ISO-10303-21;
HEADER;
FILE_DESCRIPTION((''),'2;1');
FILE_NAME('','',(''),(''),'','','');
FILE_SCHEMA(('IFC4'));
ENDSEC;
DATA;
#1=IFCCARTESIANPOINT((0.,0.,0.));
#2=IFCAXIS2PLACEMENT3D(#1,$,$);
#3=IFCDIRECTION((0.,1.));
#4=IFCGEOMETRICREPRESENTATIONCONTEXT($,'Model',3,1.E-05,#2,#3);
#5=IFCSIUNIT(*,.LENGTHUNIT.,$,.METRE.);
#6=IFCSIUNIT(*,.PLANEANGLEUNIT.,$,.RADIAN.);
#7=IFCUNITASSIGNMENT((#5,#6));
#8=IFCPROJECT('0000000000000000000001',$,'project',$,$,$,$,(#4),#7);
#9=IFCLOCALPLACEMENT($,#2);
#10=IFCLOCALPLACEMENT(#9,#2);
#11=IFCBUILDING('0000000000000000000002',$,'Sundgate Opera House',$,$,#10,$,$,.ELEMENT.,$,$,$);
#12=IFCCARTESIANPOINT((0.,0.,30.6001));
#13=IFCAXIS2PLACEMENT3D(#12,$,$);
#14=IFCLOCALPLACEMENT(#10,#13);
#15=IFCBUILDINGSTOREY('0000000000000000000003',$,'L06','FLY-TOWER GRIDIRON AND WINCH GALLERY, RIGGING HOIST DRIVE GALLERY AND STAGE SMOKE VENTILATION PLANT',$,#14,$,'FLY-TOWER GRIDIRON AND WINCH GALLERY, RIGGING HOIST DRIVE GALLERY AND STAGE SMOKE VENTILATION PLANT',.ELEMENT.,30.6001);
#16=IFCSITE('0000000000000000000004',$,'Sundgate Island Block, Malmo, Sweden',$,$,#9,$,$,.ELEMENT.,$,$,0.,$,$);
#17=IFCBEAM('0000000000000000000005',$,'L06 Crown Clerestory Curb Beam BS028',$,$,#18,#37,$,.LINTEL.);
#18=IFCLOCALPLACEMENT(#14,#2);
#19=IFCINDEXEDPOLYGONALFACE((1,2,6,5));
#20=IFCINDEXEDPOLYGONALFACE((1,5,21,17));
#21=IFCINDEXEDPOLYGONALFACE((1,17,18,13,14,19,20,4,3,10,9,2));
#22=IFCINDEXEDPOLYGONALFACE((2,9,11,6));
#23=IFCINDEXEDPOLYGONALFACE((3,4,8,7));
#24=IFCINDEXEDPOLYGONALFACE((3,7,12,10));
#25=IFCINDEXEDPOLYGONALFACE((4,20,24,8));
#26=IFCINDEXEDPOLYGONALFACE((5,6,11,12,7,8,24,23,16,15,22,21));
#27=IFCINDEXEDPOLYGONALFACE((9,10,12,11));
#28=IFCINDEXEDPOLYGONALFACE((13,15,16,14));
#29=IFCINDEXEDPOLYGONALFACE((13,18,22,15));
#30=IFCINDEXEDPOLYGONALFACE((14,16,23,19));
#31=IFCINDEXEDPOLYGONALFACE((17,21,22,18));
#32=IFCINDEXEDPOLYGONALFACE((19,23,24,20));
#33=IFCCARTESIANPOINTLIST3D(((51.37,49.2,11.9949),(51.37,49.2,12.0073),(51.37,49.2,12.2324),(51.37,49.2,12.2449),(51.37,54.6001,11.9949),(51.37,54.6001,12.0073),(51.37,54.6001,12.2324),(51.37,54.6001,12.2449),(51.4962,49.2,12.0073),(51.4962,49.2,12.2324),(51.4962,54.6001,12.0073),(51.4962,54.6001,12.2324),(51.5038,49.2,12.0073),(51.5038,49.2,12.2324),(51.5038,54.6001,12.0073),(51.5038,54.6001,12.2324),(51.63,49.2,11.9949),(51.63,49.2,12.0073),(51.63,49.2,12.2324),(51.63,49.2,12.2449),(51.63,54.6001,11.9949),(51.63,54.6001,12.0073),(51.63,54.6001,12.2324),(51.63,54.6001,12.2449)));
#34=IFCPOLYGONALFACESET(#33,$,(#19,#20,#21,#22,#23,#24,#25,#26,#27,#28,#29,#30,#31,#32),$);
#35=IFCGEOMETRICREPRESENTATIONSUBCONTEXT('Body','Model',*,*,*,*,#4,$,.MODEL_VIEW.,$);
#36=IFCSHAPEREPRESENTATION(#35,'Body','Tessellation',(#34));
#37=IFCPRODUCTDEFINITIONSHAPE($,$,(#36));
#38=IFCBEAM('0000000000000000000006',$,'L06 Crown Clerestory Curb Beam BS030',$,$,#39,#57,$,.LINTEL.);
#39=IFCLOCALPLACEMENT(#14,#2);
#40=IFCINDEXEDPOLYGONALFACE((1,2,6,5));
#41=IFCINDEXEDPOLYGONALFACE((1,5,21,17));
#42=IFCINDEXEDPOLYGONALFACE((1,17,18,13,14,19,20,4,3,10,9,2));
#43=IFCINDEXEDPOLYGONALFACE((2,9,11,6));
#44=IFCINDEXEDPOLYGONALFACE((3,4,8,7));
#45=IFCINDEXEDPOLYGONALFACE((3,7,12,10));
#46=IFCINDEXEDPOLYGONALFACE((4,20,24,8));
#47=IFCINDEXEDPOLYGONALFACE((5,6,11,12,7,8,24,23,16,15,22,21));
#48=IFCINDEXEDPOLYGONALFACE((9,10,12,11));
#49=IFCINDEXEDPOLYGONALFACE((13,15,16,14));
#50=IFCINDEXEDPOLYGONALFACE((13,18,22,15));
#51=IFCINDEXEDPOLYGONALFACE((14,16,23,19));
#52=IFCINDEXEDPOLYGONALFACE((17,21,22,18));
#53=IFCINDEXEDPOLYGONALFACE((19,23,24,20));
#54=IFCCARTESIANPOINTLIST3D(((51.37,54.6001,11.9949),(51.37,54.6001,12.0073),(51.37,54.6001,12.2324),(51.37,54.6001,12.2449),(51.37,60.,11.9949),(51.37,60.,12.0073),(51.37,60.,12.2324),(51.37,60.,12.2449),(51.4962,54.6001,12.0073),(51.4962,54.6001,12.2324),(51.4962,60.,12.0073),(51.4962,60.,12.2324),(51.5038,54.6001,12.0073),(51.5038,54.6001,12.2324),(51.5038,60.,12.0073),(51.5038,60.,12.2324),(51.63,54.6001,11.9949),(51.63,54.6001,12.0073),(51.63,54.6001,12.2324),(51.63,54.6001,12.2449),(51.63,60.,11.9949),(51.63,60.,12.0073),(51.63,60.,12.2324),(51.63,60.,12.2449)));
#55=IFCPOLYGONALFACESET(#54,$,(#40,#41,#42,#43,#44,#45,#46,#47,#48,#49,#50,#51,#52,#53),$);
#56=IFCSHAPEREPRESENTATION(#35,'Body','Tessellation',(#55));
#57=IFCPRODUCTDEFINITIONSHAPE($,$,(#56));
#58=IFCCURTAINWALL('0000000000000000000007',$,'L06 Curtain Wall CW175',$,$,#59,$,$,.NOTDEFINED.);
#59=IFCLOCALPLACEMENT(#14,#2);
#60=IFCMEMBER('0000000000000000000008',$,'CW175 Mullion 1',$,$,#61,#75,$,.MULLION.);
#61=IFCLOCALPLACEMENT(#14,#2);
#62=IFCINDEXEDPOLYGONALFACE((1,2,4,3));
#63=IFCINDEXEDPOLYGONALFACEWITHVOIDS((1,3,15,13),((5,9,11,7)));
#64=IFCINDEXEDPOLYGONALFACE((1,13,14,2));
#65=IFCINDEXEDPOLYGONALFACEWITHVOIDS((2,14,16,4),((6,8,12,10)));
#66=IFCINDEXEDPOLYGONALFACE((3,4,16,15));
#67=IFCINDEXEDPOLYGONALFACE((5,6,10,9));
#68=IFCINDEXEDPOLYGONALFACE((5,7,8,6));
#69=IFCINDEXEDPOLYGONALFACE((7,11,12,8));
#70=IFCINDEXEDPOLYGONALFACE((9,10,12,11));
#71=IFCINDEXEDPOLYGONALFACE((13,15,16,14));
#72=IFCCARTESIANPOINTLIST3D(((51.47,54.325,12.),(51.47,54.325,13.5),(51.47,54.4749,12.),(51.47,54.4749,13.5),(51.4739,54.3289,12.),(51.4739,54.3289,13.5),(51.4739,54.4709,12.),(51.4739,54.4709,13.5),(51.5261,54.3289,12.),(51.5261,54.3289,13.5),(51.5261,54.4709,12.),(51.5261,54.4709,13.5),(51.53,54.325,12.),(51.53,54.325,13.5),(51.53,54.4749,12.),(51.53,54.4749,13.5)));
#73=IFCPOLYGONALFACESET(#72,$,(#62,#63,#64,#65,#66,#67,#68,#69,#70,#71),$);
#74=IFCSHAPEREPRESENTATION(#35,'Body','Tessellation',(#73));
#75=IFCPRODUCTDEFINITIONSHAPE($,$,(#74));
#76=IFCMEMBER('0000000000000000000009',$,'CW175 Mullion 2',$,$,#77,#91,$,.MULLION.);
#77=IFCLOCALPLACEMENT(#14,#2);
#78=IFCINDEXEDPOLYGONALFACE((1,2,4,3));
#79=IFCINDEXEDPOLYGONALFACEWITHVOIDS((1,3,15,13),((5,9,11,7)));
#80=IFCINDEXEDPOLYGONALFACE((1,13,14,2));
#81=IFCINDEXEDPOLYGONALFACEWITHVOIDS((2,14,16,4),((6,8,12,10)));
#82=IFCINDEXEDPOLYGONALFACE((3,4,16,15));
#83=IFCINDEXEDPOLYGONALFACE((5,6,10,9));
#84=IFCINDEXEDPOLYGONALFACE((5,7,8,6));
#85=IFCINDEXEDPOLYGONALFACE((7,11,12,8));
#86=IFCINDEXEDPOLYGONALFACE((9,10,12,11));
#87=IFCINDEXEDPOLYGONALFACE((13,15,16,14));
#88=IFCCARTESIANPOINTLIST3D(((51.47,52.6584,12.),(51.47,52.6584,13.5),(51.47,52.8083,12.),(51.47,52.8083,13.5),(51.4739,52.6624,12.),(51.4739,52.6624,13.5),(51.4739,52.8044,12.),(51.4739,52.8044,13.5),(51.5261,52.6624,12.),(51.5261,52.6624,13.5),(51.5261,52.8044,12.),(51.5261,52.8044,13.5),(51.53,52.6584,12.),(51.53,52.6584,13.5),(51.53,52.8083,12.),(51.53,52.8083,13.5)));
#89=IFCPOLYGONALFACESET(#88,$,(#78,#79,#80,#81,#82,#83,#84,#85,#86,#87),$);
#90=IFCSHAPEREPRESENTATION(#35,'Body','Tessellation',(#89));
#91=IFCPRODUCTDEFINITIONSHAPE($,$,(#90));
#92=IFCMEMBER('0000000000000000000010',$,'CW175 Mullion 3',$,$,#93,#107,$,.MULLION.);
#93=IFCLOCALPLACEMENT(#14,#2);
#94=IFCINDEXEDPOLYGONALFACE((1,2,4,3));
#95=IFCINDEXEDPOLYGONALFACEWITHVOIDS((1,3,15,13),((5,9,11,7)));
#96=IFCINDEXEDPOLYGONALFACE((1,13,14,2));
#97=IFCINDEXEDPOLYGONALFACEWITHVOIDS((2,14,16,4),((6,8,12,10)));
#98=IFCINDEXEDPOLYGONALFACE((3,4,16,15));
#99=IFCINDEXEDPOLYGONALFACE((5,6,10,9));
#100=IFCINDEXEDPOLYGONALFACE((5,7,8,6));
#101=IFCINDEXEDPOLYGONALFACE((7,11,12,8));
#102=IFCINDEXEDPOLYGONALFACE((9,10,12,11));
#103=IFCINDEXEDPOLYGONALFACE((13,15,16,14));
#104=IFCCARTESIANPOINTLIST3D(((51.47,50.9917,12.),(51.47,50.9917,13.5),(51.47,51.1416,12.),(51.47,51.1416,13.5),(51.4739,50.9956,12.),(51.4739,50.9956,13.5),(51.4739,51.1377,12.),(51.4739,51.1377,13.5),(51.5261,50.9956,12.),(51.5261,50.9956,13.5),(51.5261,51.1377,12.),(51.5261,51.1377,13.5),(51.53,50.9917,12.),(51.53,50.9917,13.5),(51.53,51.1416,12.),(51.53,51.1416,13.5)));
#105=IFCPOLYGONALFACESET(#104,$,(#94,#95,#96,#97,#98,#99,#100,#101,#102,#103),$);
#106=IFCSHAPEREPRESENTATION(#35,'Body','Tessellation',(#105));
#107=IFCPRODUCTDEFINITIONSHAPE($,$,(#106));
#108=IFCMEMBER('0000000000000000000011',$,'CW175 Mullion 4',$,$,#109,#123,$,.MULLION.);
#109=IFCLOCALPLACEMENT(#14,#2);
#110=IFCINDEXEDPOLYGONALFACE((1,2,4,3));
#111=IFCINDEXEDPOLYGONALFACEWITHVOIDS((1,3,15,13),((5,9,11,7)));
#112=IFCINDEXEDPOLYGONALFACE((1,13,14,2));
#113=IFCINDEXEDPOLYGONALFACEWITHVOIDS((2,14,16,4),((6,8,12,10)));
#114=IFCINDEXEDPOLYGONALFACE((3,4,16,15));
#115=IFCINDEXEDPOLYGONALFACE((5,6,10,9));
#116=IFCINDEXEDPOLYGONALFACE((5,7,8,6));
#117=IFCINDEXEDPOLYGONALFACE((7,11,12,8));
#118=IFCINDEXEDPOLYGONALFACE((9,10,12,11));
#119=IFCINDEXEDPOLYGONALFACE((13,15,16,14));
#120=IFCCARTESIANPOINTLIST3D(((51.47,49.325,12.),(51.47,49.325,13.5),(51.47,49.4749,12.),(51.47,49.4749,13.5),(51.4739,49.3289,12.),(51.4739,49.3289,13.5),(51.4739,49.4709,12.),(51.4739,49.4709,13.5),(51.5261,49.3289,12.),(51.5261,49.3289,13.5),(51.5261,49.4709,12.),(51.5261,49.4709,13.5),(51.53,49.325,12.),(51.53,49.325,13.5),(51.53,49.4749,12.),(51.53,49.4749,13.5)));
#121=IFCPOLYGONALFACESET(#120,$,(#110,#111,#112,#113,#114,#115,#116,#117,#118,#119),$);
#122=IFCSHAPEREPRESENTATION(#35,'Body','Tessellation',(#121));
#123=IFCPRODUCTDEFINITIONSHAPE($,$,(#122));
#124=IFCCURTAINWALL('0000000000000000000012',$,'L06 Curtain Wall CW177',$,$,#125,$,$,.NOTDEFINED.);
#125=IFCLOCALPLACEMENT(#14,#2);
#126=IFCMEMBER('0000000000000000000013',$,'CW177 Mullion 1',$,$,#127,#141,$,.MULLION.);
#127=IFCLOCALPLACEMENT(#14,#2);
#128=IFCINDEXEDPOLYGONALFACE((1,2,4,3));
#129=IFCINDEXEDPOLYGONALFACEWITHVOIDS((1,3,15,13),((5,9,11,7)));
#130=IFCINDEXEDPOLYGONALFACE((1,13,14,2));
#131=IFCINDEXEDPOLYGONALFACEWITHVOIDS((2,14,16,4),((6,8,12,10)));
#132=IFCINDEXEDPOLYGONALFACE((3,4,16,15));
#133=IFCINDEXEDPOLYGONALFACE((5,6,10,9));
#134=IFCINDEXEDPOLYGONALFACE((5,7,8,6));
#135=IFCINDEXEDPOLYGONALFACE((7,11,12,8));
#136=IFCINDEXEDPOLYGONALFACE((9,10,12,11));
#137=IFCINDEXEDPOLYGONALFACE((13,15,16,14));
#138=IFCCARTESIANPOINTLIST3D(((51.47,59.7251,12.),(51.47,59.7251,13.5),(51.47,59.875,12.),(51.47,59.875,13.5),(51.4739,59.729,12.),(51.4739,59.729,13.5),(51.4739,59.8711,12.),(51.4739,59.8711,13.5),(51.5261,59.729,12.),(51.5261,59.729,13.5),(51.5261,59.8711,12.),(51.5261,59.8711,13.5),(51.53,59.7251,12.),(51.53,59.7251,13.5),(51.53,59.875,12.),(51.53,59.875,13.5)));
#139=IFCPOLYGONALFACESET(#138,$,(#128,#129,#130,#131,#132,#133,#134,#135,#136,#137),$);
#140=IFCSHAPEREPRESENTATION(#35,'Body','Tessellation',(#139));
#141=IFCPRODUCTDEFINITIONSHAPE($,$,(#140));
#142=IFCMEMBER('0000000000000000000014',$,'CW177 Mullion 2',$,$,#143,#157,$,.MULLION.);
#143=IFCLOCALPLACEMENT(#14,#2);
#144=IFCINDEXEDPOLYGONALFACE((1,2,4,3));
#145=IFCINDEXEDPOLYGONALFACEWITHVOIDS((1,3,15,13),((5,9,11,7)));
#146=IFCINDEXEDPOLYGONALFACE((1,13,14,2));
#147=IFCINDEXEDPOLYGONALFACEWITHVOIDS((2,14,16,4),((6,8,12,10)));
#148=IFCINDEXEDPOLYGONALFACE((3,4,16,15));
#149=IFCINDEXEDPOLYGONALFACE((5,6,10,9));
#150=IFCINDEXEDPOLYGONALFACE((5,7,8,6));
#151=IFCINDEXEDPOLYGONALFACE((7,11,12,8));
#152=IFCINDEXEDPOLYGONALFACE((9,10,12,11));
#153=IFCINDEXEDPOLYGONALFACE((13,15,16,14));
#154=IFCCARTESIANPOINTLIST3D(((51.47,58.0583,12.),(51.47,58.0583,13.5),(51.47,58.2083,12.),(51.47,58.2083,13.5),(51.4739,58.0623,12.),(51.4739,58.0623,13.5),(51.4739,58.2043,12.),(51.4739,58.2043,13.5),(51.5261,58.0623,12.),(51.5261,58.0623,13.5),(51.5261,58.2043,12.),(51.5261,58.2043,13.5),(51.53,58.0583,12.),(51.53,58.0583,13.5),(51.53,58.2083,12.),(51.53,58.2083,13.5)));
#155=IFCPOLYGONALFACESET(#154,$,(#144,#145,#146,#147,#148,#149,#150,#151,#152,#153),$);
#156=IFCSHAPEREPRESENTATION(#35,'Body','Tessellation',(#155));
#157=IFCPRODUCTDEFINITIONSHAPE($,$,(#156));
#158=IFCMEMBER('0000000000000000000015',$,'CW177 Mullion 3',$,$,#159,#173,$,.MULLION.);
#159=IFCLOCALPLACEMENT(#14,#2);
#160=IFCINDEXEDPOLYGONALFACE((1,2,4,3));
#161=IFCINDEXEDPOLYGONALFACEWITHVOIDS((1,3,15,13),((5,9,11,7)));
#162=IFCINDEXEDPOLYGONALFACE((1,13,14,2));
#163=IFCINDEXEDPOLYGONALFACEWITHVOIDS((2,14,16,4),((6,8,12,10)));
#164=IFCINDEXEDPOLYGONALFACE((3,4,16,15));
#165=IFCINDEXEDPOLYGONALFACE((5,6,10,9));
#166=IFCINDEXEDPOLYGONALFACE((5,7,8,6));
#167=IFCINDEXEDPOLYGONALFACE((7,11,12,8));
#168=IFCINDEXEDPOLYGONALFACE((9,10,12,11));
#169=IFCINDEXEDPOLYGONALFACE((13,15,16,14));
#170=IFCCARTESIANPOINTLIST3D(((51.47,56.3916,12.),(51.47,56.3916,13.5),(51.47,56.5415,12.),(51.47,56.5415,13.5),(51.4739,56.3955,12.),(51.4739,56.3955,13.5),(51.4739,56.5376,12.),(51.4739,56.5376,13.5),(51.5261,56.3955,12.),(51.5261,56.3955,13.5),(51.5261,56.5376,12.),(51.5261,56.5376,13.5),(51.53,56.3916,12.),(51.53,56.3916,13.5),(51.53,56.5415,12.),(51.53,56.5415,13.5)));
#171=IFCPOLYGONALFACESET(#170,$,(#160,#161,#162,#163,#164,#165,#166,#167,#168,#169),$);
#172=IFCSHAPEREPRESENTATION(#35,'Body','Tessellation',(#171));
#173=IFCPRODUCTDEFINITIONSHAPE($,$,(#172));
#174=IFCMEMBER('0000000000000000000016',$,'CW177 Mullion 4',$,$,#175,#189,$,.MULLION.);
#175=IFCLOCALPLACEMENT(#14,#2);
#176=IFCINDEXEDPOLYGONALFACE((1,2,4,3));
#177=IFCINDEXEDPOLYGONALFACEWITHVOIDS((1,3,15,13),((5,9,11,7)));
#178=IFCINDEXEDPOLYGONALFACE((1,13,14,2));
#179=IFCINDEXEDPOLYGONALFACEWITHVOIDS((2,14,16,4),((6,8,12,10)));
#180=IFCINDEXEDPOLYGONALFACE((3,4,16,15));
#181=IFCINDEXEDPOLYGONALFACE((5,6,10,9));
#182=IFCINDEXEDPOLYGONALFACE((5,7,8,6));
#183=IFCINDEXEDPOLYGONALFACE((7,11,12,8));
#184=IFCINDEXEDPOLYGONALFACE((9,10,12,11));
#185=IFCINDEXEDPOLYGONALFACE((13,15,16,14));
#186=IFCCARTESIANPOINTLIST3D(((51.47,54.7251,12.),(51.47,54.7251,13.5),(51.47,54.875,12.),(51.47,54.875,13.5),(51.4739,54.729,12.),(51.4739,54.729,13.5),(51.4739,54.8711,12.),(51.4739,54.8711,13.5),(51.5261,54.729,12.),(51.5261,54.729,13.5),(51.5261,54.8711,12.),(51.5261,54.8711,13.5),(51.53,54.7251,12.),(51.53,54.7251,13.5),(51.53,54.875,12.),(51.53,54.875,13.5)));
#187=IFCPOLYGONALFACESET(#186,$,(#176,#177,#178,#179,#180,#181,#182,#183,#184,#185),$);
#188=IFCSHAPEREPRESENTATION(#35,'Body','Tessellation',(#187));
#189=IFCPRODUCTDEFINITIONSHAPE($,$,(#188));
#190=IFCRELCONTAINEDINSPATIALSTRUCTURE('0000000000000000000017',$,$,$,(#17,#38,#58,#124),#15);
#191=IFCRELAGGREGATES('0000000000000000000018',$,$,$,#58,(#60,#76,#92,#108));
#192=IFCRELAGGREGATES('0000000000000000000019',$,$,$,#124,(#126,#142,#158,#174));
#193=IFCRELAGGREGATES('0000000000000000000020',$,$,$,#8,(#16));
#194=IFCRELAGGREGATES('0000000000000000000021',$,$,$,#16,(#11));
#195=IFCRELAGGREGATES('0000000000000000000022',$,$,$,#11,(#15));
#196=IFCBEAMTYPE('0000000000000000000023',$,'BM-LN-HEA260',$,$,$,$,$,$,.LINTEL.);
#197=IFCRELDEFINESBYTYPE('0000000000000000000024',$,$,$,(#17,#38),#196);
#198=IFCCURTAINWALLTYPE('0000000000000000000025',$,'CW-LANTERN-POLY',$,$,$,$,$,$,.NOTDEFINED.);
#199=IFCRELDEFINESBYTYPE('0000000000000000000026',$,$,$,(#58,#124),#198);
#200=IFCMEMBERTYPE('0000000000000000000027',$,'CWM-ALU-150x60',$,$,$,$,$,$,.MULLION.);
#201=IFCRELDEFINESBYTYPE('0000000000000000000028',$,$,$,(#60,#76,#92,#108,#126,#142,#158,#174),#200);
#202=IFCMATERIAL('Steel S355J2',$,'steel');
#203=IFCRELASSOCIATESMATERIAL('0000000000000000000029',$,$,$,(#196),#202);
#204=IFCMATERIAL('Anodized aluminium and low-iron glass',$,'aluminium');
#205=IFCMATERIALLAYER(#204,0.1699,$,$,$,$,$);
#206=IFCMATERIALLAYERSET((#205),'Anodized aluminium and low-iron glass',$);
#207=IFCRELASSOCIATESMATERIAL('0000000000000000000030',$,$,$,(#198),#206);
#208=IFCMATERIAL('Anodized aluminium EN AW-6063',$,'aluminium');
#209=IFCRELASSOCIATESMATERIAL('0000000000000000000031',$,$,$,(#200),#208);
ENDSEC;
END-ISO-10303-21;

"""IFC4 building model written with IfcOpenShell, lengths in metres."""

from ifc_helpers import new_model, si_unit, direction, frame, origin, origin_2d, place, context, subcontext, project, spatial, hollow_rectangle, i_section, extrude, material, layer, layer_set, material_profile, profile_set, type_object, element, aggregate, save


model = new_model("IFC4")

# Units and contexts
model_context = context("Model", 3, precision=1e-05, world=origin(), true_north=direction((0.0, 1.0)))
body_context = subcontext(model_context, "Body", "Model", "MODEL_VIEW")
ifc_project = project(units=[si_unit("LENGTHUNIT", "METRE"), si_unit("PLANEANGLEUNIT", "RADIAN")], contexts=[model_context])

# Site, building, storey
site_placement = place(None, origin())
site = spatial("IfcSite", under=ifc_project, at=site_placement, Name="Sundgate Island Block, Malmo, Sweden", CompositionType="ELEMENT", RefElevation=0.0)
building_placement = place(site_placement, origin())
building = spatial("IfcBuilding", under=site, at=building_placement, Name="Sundgate Opera House", CompositionType="ELEMENT")
storey_placement = place(building_placement, frame((0.0, 0.0, 30.6001)))
storey = spatial("IfcBuildingStorey", under=building, at=storey_placement, Name="L06", Description="FLY-TOWER GRIDIRON AND WINCH GALLERY, RIGGING HOIST DRIVE GALLERY AND STAGE SMOKE VENTILATION PLANT", LongName="FLY-TOWER GRIDIRON AND WINCH GALLERY, RIGGING HOIST DRIVE GALLERY AND STAGE SMOKE VENTILATION PLANT", CompositionType="ELEMENT", Elevation=30.6001)

# Beams
ifc_material_1 = material(Name="Steel S355J2", Category="steel")
ifc_material_profile_1 = material_profile(ifc_material_1, i_section(OverallWidth=0.26, OverallDepth=0.25, WebThickness=0.0076, FlangeThickness=0.0125, at=origin_2d()), Name="HEA 260")
ifc_profile_set_1 = profile_set([ifc_material_profile_1], Name="Steel S355J2")
beam_type = type_object("IfcBeamType", Name="BM-LN-HEA260", PredefinedType="LINTEL", material=ifc_profile_set_1)
beam_1_placement = place(storey_placement, frame((51.5, 49.2, 12.1199), z_axis=(0.0, 1.0, 0.0), x_axis=(-1.0, 0.0, 0.0)))
element("IfcBeam", 1, at=beam_1_placement, inside=storey, type_object=beam_type, Name="L06 Crown Clerestory Curb Beam BS028", PredefinedType="LINTEL", context=body_context, shape_type="SweptSolid", body=[
    extrude(i_section(OverallWidth=0.26, OverallDepth=0.25, WebThickness=0.0076, FlangeThickness=0.0125, at=origin_2d()), origin(), (0.0, 0.0, 1.0), 5.4001),
])
beam_2_placement = place(storey_placement, frame((51.5, 54.6001, 12.1199), z_axis=(0.0, 1.0, 0.0), x_axis=(-1.0, 0.0, 0.0)))
element("IfcBeam", 2, at=beam_2_placement, inside=storey, type_object=beam_type, Name="L06 Crown Clerestory Curb Beam BS030", PredefinedType="LINTEL", context=body_context, shape_type="SweptSolid", body=[
    extrude(i_section(OverallWidth=0.26, OverallDepth=0.25, WebThickness=0.0076, FlangeThickness=0.0125, at=origin_2d()), origin(), (0.0, 0.0, 1.0), 5.3999),
])

# Curtain walls, members
ifc_material_2 = material(Name="Anodized aluminium and low-iron glass", Category="aluminium")
ifc_layer_1 = layer(ifc_material_2, 0.1699)
ifc_layer_set_1 = layer_set([ifc_layer_1], Name="Anodized aluminium and low-iron glass")
curtain_wall_type = type_object("IfcCurtainWallType", Name="CW-LANTERN-POLY", PredefinedType="NOTDEFINED", material=ifc_layer_set_1)
curtain_wall_1_placement = place(storey_placement, origin())
curtain_wall_1 = element("IfcCurtainWall", 3, at=curtain_wall_1_placement, inside=storey, type_object=curtain_wall_type, Name="L06 Curtain Wall CW175", PredefinedType="NOTDEFINED")
ifc_material_3 = material(Name="Anodized aluminium EN AW-6063", Category="aluminium")
ifc_material_profile_2 = material_profile(ifc_material_3, hollow_rectangle(XDim=0.0601, YDim=0.1499, WallThickness=0.0039, at=origin_2d()), Name="CWM 150x60x4")
ifc_profile_set_2 = profile_set([ifc_material_profile_2], Name="Anodized aluminium EN AW-6063")
member_type_1 = type_object("IfcMemberType", Name="CWM-ALU-150x60", PredefinedType="MULLION", material=ifc_profile_set_2)
member_1_placement = place(storey_placement, frame((51.5, 54.3999, 12.0), z_axis=(0.0, 0.0, 1.0), x_axis=(1.0, 0.0, 0.0)))
member_1 = element("IfcMember", 4, at=member_1_placement, type_object=member_type_1, Name="CW175 Mullion 1", PredefinedType="MULLION", context=body_context, shape_type="SweptSolid", body=[
    extrude(hollow_rectangle(XDim=0.0601, YDim=0.1499, WallThickness=0.0039, at=origin_2d()), origin(), (0.0, 0.0, 1.0), 1.5),
])
member_2_placement = place(storey_placement, frame((51.5, 52.7334, 12.0), z_axis=(0.0, 0.0, 1.0), x_axis=(1.0, 0.0, 0.0)))
member_2 = element("IfcMember", 5, at=member_2_placement, type_object=member_type_1, Name="CW175 Mullion 2", PredefinedType="MULLION", context=body_context, shape_type="SweptSolid", body=[
    extrude(hollow_rectangle(XDim=0.0601, YDim=0.1499, WallThickness=0.0039, at=origin_2d()), origin(), (0.0, 0.0, 1.0), 1.5),
])
member_3_placement = place(storey_placement, frame((51.5, 51.0667, 12.0), z_axis=(0.0, 0.0, 1.0), x_axis=(1.0, 0.0, 0.0)))
member_3 = element("IfcMember", 6, at=member_3_placement, type_object=member_type_1, Name="CW175 Mullion 3", PredefinedType="MULLION", context=body_context, shape_type="SweptSolid", body=[
    extrude(hollow_rectangle(XDim=0.0601, YDim=0.1499, WallThickness=0.0039, at=origin_2d()), origin(), (0.0, 0.0, 1.0), 1.5),
])
member_4_placement = place(storey_placement, frame((51.5, 49.3999, 12.0), z_axis=(0.0, 0.0, 1.0), x_axis=(1.0, 0.0, 0.0)))
member_4 = element("IfcMember", 7, at=member_4_placement, type_object=member_type_1, Name="CW175 Mullion 4", PredefinedType="MULLION", context=body_context, shape_type="SweptSolid", body=[
    extrude(hollow_rectangle(XDim=0.0601, YDim=0.1499, WallThickness=0.0039, at=origin_2d()), origin(), (0.0, 0.0, 1.0), 1.5),
])
curtain_wall_2_placement = place(storey_placement, origin())
curtain_wall_2 = element("IfcCurtainWall", 8, at=curtain_wall_2_placement, inside=storey, type_object=curtain_wall_type, Name="L06 Curtain Wall CW177", PredefinedType="NOTDEFINED")
member_5_placement = place(storey_placement, frame((51.5, 59.8, 12.0), z_axis=(0.0, 0.0, 1.0), x_axis=(1.0, 0.0, 0.0)))
member_5 = element("IfcMember", 9, at=member_5_placement, type_object=member_type_1, Name="CW177 Mullion 1", PredefinedType="MULLION", context=body_context, shape_type="SweptSolid", body=[
    extrude(hollow_rectangle(XDim=0.0601, YDim=0.1499, WallThickness=0.0039, at=origin_2d()), origin(), (0.0, 0.0, 1.0), 1.5),
])
member_6_placement = place(storey_placement, frame((51.5, 58.1333, 12.0), z_axis=(0.0, 0.0, 1.0), x_axis=(1.0, 0.0, 0.0)))
member_6 = element("IfcMember", 10, at=member_6_placement, type_object=member_type_1, Name="CW177 Mullion 2", PredefinedType="MULLION", context=body_context, shape_type="SweptSolid", body=[
    extrude(hollow_rectangle(XDim=0.0601, YDim=0.1499, WallThickness=0.0039, at=origin_2d()), origin(), (0.0, 0.0, 1.0), 1.5),
])
member_7_placement = place(storey_placement, frame((51.5, 56.4666, 12.0), z_axis=(0.0, 0.0, 1.0), x_axis=(1.0, 0.0, 0.0)))
member_7 = element("IfcMember", 11, at=member_7_placement, type_object=member_type_1, Name="CW177 Mullion 3", PredefinedType="MULLION", context=body_context, shape_type="SweptSolid", body=[
    extrude(hollow_rectangle(XDim=0.0601, YDim=0.1499, WallThickness=0.0039, at=origin_2d()), origin(), (0.0, 0.0, 1.0), 1.5),
])
member_8_placement = place(storey_placement, frame((51.5, 54.8, 12.0), z_axis=(0.0, 0.0, 1.0), x_axis=(1.0, 0.0, 0.0)))
member_8 = element("IfcMember", 12, at=member_8_placement, type_object=member_type_1, Name="CW177 Mullion 4", PredefinedType="MULLION", context=body_context, shape_type="SweptSolid", body=[
    extrude(hollow_rectangle(XDim=0.0601, YDim=0.1499, WallThickness=0.0039, at=origin_2d()), origin(), (0.0, 0.0, 1.0), 1.5),
])

aggregate(curtain_wall_1, [member_1, member_2, member_3, member_4])
aggregate(curtain_wall_2, [member_5, member_6, member_7, member_8])

save(model, "model.ifc")
